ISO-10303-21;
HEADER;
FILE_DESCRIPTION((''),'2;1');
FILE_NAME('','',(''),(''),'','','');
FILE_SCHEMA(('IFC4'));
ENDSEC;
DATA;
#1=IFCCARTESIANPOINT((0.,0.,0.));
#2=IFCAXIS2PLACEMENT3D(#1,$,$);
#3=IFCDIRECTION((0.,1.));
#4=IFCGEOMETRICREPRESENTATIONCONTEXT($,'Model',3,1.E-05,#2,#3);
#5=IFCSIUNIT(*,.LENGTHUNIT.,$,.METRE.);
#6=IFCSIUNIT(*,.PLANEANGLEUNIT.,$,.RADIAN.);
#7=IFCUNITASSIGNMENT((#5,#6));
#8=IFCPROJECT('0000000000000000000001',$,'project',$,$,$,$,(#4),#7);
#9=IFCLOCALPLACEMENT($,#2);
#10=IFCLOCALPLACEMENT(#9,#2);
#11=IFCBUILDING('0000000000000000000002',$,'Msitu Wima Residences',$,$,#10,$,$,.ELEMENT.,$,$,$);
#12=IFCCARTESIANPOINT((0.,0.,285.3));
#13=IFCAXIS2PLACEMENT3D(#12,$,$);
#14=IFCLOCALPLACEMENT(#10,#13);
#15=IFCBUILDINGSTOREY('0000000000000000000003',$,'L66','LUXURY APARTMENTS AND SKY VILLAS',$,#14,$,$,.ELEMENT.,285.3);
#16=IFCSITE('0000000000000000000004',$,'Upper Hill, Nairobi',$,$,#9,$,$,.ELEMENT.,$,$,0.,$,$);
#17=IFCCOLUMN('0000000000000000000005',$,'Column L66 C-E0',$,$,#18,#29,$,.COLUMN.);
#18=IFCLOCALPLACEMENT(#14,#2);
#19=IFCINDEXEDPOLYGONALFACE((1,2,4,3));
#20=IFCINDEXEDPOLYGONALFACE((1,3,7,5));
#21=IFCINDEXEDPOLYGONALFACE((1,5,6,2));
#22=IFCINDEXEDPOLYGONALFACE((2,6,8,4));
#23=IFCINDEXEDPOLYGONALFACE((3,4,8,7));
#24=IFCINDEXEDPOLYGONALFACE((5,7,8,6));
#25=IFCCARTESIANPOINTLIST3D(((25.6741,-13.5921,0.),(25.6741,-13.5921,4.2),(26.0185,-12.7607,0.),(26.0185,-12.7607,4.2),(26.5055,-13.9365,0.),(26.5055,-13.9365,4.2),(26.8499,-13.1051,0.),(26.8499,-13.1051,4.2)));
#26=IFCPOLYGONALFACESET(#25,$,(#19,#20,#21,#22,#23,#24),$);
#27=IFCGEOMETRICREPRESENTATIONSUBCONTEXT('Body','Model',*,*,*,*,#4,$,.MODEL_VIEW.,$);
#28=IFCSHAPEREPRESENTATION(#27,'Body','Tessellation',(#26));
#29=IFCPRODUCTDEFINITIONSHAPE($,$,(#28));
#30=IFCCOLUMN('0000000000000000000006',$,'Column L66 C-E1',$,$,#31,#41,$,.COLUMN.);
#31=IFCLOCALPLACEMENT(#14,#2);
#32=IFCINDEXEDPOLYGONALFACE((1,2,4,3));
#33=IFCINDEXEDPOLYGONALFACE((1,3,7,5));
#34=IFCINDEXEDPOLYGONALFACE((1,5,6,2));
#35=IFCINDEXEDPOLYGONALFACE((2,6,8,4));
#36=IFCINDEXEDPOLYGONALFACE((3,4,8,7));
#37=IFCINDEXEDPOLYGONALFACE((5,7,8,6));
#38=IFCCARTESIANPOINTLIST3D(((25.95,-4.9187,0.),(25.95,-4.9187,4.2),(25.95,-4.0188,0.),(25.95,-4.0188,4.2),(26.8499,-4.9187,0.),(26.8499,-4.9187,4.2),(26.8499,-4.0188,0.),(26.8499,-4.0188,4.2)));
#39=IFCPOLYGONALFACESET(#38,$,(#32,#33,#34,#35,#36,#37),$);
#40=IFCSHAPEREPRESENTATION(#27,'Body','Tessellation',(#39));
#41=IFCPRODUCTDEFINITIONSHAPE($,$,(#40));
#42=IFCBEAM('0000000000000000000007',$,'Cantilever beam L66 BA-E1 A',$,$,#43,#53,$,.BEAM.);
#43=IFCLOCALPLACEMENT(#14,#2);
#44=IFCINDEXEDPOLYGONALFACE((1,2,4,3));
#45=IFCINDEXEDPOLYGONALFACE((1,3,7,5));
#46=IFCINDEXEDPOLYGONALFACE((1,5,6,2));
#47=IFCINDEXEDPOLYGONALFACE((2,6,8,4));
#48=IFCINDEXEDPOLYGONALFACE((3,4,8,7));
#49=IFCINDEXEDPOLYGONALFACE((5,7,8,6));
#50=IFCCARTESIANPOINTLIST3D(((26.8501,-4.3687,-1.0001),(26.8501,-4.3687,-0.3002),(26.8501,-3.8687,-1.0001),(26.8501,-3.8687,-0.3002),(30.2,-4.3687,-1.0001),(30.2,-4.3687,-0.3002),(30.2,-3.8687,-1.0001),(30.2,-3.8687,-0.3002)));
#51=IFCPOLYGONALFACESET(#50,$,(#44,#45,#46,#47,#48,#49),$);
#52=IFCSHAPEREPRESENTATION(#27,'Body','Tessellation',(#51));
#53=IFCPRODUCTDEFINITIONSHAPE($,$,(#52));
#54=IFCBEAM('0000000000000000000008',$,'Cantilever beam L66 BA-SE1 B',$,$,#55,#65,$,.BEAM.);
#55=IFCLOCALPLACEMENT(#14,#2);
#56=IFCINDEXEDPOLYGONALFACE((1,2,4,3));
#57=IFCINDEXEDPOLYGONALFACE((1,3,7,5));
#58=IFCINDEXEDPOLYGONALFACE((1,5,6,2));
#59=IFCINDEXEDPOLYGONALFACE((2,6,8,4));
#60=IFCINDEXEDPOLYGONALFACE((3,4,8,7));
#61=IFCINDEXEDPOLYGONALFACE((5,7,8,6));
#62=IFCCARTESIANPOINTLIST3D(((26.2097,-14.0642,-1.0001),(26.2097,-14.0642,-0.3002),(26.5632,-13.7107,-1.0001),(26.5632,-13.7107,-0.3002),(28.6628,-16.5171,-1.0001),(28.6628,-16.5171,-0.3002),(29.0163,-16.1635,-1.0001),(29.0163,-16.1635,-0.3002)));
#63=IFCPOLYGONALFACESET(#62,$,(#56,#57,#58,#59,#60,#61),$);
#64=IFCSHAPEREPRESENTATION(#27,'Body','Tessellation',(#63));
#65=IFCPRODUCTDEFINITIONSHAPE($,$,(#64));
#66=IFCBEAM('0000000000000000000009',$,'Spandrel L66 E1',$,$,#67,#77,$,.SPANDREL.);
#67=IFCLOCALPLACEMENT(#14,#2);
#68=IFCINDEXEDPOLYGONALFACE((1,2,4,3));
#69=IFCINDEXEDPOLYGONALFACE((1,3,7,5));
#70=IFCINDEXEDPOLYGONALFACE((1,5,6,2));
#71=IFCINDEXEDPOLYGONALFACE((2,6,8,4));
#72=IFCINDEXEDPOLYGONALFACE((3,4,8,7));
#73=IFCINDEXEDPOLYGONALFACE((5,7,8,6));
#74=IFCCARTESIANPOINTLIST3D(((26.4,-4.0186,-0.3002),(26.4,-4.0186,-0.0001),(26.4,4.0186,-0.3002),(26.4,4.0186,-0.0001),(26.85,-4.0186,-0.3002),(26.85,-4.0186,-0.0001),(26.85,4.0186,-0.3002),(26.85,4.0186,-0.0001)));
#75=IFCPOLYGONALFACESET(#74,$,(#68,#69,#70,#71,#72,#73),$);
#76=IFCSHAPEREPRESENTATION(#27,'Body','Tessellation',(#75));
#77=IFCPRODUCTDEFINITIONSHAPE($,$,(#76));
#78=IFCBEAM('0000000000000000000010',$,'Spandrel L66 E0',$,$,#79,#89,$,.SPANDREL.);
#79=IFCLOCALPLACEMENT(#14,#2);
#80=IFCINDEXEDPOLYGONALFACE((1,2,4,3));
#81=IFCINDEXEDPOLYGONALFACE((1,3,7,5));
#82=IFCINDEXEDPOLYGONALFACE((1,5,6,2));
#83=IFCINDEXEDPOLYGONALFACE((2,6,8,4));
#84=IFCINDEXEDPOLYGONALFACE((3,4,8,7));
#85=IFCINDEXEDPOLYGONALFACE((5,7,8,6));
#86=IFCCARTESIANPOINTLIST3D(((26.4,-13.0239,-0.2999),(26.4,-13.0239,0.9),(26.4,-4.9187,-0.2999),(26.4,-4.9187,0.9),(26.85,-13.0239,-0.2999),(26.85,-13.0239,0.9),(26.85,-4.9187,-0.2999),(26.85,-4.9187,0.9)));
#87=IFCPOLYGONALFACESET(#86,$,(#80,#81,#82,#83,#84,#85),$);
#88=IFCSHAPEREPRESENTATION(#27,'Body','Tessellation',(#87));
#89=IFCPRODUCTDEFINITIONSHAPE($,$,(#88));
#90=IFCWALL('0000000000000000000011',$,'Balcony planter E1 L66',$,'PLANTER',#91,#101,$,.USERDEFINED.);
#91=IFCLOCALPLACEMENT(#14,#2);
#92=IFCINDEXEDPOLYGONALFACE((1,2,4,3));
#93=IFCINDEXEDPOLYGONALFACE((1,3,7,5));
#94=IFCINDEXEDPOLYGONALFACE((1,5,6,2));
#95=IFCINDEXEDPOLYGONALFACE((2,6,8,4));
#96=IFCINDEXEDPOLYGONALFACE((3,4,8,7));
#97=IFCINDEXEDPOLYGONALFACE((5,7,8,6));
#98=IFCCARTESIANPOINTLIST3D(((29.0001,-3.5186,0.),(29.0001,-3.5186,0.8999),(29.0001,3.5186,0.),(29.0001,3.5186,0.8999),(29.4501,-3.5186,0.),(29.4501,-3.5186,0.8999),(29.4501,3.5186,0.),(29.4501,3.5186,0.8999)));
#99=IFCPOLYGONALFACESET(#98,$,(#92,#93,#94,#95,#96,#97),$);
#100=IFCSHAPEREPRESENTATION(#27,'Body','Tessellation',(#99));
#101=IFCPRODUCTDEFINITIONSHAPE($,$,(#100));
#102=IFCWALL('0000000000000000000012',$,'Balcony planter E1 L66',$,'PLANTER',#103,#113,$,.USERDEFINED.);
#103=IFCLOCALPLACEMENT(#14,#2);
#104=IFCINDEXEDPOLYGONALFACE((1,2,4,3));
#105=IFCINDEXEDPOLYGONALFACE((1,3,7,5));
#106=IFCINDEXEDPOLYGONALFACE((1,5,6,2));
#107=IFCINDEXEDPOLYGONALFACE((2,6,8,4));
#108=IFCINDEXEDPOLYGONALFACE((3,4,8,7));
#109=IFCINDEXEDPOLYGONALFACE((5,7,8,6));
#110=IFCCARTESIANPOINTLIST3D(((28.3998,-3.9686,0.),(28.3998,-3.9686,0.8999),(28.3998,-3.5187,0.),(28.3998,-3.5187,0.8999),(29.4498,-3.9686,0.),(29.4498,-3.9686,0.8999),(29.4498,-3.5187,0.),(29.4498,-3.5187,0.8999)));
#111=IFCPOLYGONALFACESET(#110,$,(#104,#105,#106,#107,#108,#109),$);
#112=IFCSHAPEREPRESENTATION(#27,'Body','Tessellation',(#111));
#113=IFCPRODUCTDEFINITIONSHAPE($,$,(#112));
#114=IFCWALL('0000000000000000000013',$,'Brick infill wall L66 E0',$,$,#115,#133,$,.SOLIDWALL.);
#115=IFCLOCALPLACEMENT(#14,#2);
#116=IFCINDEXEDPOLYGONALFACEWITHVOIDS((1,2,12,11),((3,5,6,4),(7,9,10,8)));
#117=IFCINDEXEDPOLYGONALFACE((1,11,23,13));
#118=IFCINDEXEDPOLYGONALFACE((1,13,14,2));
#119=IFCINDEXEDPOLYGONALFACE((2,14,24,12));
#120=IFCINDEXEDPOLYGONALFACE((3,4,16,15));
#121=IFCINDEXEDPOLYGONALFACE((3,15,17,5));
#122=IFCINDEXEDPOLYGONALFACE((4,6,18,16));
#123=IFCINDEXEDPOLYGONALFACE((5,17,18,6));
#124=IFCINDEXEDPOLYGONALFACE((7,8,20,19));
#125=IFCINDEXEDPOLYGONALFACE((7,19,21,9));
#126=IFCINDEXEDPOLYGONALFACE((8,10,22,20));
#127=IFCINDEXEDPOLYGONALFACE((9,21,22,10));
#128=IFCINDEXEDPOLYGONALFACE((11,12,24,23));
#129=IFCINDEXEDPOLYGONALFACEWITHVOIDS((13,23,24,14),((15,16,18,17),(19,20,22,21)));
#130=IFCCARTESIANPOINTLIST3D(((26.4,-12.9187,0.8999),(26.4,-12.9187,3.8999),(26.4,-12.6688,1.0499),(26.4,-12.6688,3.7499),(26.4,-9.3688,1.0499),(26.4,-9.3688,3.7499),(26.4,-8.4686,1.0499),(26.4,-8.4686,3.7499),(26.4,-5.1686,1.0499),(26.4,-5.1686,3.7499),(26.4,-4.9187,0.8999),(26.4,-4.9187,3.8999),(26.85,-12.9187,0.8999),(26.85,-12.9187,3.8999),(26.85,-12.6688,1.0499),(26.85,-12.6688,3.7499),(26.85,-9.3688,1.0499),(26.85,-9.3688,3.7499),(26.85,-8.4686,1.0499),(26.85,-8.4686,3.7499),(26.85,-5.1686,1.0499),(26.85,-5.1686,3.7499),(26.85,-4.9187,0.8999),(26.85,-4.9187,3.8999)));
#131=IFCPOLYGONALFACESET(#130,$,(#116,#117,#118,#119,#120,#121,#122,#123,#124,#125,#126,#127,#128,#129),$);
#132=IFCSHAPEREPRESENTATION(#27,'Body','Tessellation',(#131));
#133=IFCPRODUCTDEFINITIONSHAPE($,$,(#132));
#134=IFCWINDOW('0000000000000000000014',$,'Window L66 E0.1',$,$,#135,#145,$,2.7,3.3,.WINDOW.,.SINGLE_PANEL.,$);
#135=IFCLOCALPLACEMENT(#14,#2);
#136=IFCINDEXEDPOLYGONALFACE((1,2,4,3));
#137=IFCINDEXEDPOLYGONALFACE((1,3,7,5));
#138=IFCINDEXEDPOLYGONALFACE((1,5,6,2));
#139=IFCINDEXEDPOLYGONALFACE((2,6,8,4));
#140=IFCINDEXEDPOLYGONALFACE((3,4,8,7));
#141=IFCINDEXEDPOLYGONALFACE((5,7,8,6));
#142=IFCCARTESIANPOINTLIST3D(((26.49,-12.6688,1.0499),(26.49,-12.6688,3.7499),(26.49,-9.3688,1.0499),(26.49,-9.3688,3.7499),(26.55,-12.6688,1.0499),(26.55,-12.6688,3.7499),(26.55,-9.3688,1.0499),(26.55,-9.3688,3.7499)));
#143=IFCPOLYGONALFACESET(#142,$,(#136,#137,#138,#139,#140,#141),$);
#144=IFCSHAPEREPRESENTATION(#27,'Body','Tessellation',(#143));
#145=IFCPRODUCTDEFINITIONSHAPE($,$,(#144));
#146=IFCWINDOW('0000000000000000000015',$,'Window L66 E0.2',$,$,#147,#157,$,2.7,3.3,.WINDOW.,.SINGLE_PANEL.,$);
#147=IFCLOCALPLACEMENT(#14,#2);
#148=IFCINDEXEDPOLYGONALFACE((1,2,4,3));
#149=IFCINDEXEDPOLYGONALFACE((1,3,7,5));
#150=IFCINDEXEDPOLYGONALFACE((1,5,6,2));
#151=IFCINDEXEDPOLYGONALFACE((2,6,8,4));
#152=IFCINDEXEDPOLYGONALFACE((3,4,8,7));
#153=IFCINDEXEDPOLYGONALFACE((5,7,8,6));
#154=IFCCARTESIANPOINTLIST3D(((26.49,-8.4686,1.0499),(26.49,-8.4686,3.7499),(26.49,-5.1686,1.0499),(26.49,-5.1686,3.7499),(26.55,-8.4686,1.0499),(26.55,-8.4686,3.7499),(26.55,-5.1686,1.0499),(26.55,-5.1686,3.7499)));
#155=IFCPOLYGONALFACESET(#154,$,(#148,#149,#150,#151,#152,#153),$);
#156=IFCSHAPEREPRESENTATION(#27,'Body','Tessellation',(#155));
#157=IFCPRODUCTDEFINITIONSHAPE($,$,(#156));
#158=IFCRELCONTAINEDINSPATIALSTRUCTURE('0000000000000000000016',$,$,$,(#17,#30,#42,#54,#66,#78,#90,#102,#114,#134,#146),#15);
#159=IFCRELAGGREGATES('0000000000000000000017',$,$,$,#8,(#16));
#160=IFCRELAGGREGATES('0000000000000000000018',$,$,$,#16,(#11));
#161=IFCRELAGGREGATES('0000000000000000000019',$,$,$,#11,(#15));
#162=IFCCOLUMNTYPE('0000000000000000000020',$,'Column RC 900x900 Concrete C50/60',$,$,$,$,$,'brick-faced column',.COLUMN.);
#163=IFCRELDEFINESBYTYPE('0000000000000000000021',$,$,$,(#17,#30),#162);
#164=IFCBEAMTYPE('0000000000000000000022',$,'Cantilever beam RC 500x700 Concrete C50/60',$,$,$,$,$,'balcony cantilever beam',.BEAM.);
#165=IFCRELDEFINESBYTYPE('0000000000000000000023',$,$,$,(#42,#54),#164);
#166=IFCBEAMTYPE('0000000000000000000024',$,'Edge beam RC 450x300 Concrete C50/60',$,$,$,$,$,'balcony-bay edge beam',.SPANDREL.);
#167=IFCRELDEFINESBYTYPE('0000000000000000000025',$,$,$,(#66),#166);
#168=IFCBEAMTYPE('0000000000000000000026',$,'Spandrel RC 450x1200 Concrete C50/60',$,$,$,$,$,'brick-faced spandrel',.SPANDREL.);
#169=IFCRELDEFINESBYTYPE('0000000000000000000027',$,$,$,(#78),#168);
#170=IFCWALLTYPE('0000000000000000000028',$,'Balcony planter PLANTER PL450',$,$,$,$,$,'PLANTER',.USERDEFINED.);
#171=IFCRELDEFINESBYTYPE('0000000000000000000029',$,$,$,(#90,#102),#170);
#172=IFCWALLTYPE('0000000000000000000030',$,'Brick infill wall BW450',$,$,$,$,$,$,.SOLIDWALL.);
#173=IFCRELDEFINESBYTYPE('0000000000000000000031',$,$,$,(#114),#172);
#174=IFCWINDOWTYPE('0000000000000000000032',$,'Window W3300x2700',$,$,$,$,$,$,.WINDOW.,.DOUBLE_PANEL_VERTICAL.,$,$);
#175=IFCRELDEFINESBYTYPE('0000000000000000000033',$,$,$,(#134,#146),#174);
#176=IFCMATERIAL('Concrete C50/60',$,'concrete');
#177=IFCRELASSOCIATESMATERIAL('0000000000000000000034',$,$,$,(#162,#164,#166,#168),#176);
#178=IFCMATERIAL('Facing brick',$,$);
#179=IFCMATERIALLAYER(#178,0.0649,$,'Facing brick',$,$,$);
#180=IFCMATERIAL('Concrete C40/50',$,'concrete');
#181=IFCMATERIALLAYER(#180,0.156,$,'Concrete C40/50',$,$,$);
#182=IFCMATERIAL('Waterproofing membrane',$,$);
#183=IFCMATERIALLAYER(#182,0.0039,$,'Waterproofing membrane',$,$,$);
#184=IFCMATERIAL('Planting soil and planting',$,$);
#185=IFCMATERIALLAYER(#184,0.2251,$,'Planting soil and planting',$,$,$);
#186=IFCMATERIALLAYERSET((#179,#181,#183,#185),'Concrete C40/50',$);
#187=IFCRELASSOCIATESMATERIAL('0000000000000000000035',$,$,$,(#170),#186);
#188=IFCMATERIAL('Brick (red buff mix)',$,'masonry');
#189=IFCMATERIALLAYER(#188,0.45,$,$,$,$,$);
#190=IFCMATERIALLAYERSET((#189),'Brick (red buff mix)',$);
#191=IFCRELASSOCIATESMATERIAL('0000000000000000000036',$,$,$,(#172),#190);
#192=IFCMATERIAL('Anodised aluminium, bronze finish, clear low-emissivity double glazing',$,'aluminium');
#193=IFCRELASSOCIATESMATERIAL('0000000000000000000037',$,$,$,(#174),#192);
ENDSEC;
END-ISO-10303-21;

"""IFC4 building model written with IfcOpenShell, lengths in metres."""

from ifc_helpers import new_model, si_unit, direction, frame, frame_2d, origin, origin_2d, place, context, subcontext, project, spatial, rectangle, extrude, material, layer, layer_set, material_profile, profile_set, type_object, element, fill, save


model = new_model("IFC4")

# Units and contexts
model_context = context("Model", 3, precision=1e-05, world=origin(), true_north=direction((0.0, 1.0)))
body_context = subcontext(model_context, "Body", "Model", "MODEL_VIEW")
ifc_project = project(units=[si_unit("LENGTHUNIT", "METRE"), si_unit("PLANEANGLEUNIT", "RADIAN")], contexts=[model_context])

# Site, building, storey
site_placement = place(None, origin())
site = spatial("IfcSite", under=ifc_project, at=site_placement, Name="Upper Hill, Nairobi", CompositionType="ELEMENT", RefElevation=0.0)
building_placement = place(site_placement, origin())
building = spatial("IfcBuilding", under=site, at=building_placement, Name="Msitu Wima Residences", CompositionType="ELEMENT")
storey_placement = place(building_placement, frame((0.0, 0.0, 285.3)))
storey = spatial("IfcBuildingStorey", under=building, at=storey_placement, Name="L66", Description="LUXURY APARTMENTS AND SKY VILLAS", CompositionType="ELEMENT", Elevation=285.3)

# Columns
ifc_material_1 = material(Name="Concrete C50/60", Category="concrete")
ifc_material_profile_1 = material_profile(ifc_material_1, rectangle(XDim=0.8999, YDim=0.8999, at=origin_2d()), Name="RC 900x900")
ifc_profile_set_1 = profile_set([ifc_material_profile_1], Name="Concrete C50/60")
column_type = type_object("IfcColumnType", Name="Column RC 900x900 Concrete C50/60", ElementType="brick-faced column", PredefinedType="COLUMN", material=ifc_profile_set_1)
for number, where, z_axis, x_axis, name in (
    (1, (26.262, -13.3486, 0.0), (0.0, 0.0, 1.0), (0.382683, 0.92388, 0.0), "Column L66 C-E0"),
    (2, (26.3999, -4.4688, 0.0), (0.0, 0.0, 1.0), (0.0, 1.0, 0.0), "Column L66 C-E1"),
):
    element("IfcColumn", number, at=place(storey_placement, frame(where, z_axis=z_axis, x_axis=x_axis)), inside=storey, type_object=column_type, Name=name, PredefinedType="COLUMN", context=body_context, shape_type="SweptSolid", body=[
        extrude(rectangle(XDim=0.8999, YDim=0.8999, at=origin_2d()), origin(), (0.0, 0.0, 1.0), 4.2),
    ])

# Beams
ifc_material_profile_2 = material_profile(ifc_material_1, rectangle(XDim=0.5, YDim=0.7, at=origin_2d()), Name="RC 500x700")
ifc_profile_set_2 = profile_set([ifc_material_profile_2], Name="Concrete C50/60")
beam_type_1 = type_object("IfcBeamType", Name="Cantilever beam RC 500x700 Concrete C50/60", ElementType="balcony cantilever beam", PredefinedType="BEAM", material=ifc_profile_set_2)
beam_1_placement = place(storey_placement, frame((26.8501, -4.1187, -0.6501), z_axis=(1.0, 0.0, 0.0), x_axis=(0.0, 1.0, 0.0)))
element("IfcBeam", 3, at=beam_1_placement, inside=storey, type_object=beam_type_1, Name="Cantilever beam L66 BA-E1 A", PredefinedType="BEAM", context=body_context, shape_type="SweptSolid", body=[
    extrude(rectangle(XDim=0.5, YDim=0.7, at=origin_2d()), origin(), (0.0, 0.0, 1.0), 3.3499),
])
beam_2_placement = place(storey_placement, frame((26.3865, -13.8875, -0.6501), z_axis=(0.707142, -0.707072, 0.0), x_axis=(0.707072, 0.707142, 0.0)))
element("IfcBeam", 4, at=beam_2_placement, inside=storey, type_object=beam_type_1, Name="Cantilever beam L66 BA-SE1 B", PredefinedType="BEAM", context=body_context, shape_type="SweptSolid", body=[
    extrude(rectangle(XDim=0.5, YDim=0.7, at=origin_2d()), origin(), (0.0, 0.0, 1.0), 3.469),
])
ifc_material_profile_3 = material_profile(ifc_material_1, rectangle(XDim=0.45, YDim=0.3, at=origin_2d()), Name="RC 450x300")
ifc_profile_set_3 = profile_set([ifc_material_profile_3], Name="Concrete C50/60")
beam_type_2 = type_object("IfcBeamType", Name="Edge beam RC 450x300 Concrete C50/60", ElementType="balcony-bay edge beam", PredefinedType="SPANDREL", material=ifc_profile_set_3)
beam_3_placement = place(storey_placement, frame((26.625, -4.0186, -0.1501), z_axis=(0.0, 1.0, 0.0), x_axis=(-1.0, 0.0, 0.0)))
element("IfcBeam", 5, at=beam_3_placement, inside=storey, type_object=beam_type_2, Name="Spandrel L66 E1", PredefinedType="SPANDREL", context=body_context, shape_type="SweptSolid", body=[
    extrude(rectangle(XDim=0.45, YDim=0.3, at=origin_2d()), origin(), (0.0, 0.0, 1.0), 8.0371),
])
ifc_material_profile_4 = material_profile(ifc_material_1, rectangle(XDim=0.45, YDim=1.2, at=origin_2d()), Name="RC 450x1200")
ifc_profile_set_4 = profile_set([ifc_material_profile_4], Name="Concrete C50/60")
beam_type_3 = type_object("IfcBeamType", Name="Spandrel RC 450x1200 Concrete C50/60", ElementType="brick-faced spandrel", PredefinedType="SPANDREL", material=ifc_profile_set_4)
beam_4_placement = place(storey_placement, frame((26.625, -13.0239, 0.3), z_axis=(0.0, 1.0, 0.0), x_axis=(-1.0, 0.0, 0.0)))
element("IfcBeam", 6, at=beam_4_placement, inside=storey, type_object=beam_type_3, Name="Spandrel L66 E0", PredefinedType="SPANDREL", context=body_context, shape_type="SweptSolid", body=[
    extrude(rectangle(XDim=0.45, YDim=1.2, at=origin_2d()), origin(), (0.0, 0.0, 1.0), 8.1052),
])

# Walls
ifc_material_2 = material(Name="Facing brick")
ifc_layer_1 = layer(ifc_material_2, 0.0649, Name="Facing brick")
ifc_material_3 = material(Name="Concrete C40/50", Category="concrete")
ifc_layer_2 = layer(ifc_material_3, 0.156, Name="Concrete C40/50")
ifc_material_4 = material(Name="Waterproofing membrane")
ifc_layer_3 = layer(ifc_material_4, 0.0039, Name="Waterproofing membrane")
ifc_material_5 = material(Name="Planting soil and planting")
ifc_layer_4 = layer(ifc_material_5, 0.2251, Name="Planting soil and planting")
ifc_layer_set_1 = layer_set([ifc_layer_1, ifc_layer_2, ifc_layer_3, ifc_layer_4], Name="Concrete C40/50")
wall_type_1 = type_object("IfcWallType", Name="Balcony planter PLANTER PL450", ElementType="PLANTER", PredefinedType="USERDEFINED", material=ifc_layer_set_1)
wall_1_placement = place(storey_placement, frame((29.2251, -3.5186, 0.0), z_axis=(0.0, 0.0, 1.0), x_axis=(0.0, 1.0, 0.0)))
element("IfcWall", 7, at=wall_1_placement, inside=storey, type_object=wall_type_1, Name="Balcony planter E1 L66", ObjectType="PLANTER", PredefinedType="USERDEFINED", context=body_context, shape_type="SweptSolid", body=[
    extrude(rectangle(XDim=7.0371, YDim=0.45, at=frame_2d((3.5186, 0.0))), origin(), (0.0, 0.0, 1.0), 0.8999),
])
wall_2_placement = place(storey_placement, frame((28.3999, -3.7437, 0.0), z_axis=(0.0, 0.0, 1.0), x_axis=(1.0, 0.0, 0.0)))
element("IfcWall", 8, at=wall_2_placement, inside=storey, type_object=wall_type_1, Name="Balcony planter E1 L66", ObjectType="PLANTER", PredefinedType="USERDEFINED", context=body_context, shape_type="SweptSolid", body=[
    extrude(rectangle(XDim=1.05, YDim=0.45, at=frame_2d((0.5249, 0.0))), origin(), (0.0, 0.0, 1.0), 0.8999),
])

# Wall, openings, windows
ifc_material_6 = material(Name="Brick (red buff mix)", Category="masonry")
ifc_layer_5 = layer(ifc_material_6, 0.45)
ifc_layer_set_2 = layer_set([ifc_layer_5], Name="Brick (red buff mix)")
wall_type_2 = type_object("IfcWallType", Name="Brick infill wall BW450", PredefinedType="SOLIDWALL", material=ifc_layer_set_2)
wall_3_placement = place(storey_placement, frame((26.625, -12.9187, 0.8999), z_axis=(0.0, 0.0, 1.0), x_axis=(0.0, 1.0, 0.0)))
wall_3 = element("IfcWall", 9, at=wall_3_placement, inside=storey, type_object=wall_type_2, Name="Brick infill wall L66 E0", PredefinedType="SOLIDWALL", context=body_context, shape_type="SweptSolid", body=[
    extrude(rectangle(XDim=8.0, YDim=0.45, at=frame_2d((4.0, 0.0))), origin(), (0.0, 0.0, 1.0), 3.0),
])
opening_1_placement = place(wall_3_placement, frame((0.25, 0.0, 0.1499)))
opening_1 = element("IfcOpeningElement", 10, at=opening_1_placement, cuts=wall_3, PredefinedType="OPENING", context=body_context, shape_type="SweptSolid", body=[
    extrude(rectangle(XDim=3.3, YDim=2.7, at=frame_2d((1.6499, 1.3501))), frame((0.0, 0.2349, 0.0), z_axis=(0.0, -1.0, 0.0), x_axis=(1.0, 0.0, 0.0)), (0.0, 0.0, 1.0), 0.47),
])
opening_2_placement = place(wall_3_placement, frame((4.4502, 0.0, 0.1499)))
opening_2 = element("IfcOpeningElement", 11, at=opening_2_placement, cuts=wall_3, PredefinedType="OPENING", context=body_context, shape_type="SweptSolid", body=[
    extrude(rectangle(XDim=3.3, YDim=2.7, at=frame_2d((1.6499, 1.3501))), frame((0.0, 0.2349, 0.0), z_axis=(0.0, -1.0, 0.0), x_axis=(1.0, 0.0, 0.0)), (0.0, 0.0, 1.0), 0.47),
])
ifc_material_7 = material(Name="Anodised aluminium, bronze finish, clear low-emissivity double glazing", Category="aluminium")
window_type = type_object("IfcWindowType", Name="Window W3300x2700", PartitioningType="DOUBLE_PANEL_VERTICAL", PredefinedType="WINDOW", material=ifc_material_7)
window_1_placement = place(opening_1_placement, origin())
window_1 = element("IfcWindow", 12, at=window_1_placement, inside=storey, type_object=window_type, Name="Window L66 E0.1", OverallHeight=2.7, OverallWidth=3.3, PartitioningType="SINGLE_PANEL", PredefinedType="WINDOW", context=body_context, shape_type="SweptSolid", body=[
    extrude(rectangle(XDim=3.3, YDim=2.7, at=frame_2d((1.6499, 1.3501))), frame((0.0, 0.135, 0.0), z_axis=(0.0, -1.0, 0.0), x_axis=(1.0, 0.0, 0.0)), (0.0, 0.0, 1.0), 0.0601),
])
fill(opening_1, window_1)
window_2_placement = place(opening_2_placement, origin())
window_2 = element("IfcWindow", 13, at=window_2_placement, inside=storey, type_object=window_type, Name="Window L66 E0.2", OverallHeight=2.7, OverallWidth=3.3, PartitioningType="SINGLE_PANEL", PredefinedType="WINDOW", context=body_context, shape_type="SweptSolid", body=[
    extrude(rectangle(XDim=3.3, YDim=2.7, at=frame_2d((1.6499, 1.3501))), frame((0.0, 0.135, 0.0), z_axis=(0.0, -1.0, 0.0), x_axis=(1.0, 0.0, 0.0)), (0.0, 0.0, 1.0), 0.0601),
])
fill(opening_2, window_2)

save(model, "model.ifc")
